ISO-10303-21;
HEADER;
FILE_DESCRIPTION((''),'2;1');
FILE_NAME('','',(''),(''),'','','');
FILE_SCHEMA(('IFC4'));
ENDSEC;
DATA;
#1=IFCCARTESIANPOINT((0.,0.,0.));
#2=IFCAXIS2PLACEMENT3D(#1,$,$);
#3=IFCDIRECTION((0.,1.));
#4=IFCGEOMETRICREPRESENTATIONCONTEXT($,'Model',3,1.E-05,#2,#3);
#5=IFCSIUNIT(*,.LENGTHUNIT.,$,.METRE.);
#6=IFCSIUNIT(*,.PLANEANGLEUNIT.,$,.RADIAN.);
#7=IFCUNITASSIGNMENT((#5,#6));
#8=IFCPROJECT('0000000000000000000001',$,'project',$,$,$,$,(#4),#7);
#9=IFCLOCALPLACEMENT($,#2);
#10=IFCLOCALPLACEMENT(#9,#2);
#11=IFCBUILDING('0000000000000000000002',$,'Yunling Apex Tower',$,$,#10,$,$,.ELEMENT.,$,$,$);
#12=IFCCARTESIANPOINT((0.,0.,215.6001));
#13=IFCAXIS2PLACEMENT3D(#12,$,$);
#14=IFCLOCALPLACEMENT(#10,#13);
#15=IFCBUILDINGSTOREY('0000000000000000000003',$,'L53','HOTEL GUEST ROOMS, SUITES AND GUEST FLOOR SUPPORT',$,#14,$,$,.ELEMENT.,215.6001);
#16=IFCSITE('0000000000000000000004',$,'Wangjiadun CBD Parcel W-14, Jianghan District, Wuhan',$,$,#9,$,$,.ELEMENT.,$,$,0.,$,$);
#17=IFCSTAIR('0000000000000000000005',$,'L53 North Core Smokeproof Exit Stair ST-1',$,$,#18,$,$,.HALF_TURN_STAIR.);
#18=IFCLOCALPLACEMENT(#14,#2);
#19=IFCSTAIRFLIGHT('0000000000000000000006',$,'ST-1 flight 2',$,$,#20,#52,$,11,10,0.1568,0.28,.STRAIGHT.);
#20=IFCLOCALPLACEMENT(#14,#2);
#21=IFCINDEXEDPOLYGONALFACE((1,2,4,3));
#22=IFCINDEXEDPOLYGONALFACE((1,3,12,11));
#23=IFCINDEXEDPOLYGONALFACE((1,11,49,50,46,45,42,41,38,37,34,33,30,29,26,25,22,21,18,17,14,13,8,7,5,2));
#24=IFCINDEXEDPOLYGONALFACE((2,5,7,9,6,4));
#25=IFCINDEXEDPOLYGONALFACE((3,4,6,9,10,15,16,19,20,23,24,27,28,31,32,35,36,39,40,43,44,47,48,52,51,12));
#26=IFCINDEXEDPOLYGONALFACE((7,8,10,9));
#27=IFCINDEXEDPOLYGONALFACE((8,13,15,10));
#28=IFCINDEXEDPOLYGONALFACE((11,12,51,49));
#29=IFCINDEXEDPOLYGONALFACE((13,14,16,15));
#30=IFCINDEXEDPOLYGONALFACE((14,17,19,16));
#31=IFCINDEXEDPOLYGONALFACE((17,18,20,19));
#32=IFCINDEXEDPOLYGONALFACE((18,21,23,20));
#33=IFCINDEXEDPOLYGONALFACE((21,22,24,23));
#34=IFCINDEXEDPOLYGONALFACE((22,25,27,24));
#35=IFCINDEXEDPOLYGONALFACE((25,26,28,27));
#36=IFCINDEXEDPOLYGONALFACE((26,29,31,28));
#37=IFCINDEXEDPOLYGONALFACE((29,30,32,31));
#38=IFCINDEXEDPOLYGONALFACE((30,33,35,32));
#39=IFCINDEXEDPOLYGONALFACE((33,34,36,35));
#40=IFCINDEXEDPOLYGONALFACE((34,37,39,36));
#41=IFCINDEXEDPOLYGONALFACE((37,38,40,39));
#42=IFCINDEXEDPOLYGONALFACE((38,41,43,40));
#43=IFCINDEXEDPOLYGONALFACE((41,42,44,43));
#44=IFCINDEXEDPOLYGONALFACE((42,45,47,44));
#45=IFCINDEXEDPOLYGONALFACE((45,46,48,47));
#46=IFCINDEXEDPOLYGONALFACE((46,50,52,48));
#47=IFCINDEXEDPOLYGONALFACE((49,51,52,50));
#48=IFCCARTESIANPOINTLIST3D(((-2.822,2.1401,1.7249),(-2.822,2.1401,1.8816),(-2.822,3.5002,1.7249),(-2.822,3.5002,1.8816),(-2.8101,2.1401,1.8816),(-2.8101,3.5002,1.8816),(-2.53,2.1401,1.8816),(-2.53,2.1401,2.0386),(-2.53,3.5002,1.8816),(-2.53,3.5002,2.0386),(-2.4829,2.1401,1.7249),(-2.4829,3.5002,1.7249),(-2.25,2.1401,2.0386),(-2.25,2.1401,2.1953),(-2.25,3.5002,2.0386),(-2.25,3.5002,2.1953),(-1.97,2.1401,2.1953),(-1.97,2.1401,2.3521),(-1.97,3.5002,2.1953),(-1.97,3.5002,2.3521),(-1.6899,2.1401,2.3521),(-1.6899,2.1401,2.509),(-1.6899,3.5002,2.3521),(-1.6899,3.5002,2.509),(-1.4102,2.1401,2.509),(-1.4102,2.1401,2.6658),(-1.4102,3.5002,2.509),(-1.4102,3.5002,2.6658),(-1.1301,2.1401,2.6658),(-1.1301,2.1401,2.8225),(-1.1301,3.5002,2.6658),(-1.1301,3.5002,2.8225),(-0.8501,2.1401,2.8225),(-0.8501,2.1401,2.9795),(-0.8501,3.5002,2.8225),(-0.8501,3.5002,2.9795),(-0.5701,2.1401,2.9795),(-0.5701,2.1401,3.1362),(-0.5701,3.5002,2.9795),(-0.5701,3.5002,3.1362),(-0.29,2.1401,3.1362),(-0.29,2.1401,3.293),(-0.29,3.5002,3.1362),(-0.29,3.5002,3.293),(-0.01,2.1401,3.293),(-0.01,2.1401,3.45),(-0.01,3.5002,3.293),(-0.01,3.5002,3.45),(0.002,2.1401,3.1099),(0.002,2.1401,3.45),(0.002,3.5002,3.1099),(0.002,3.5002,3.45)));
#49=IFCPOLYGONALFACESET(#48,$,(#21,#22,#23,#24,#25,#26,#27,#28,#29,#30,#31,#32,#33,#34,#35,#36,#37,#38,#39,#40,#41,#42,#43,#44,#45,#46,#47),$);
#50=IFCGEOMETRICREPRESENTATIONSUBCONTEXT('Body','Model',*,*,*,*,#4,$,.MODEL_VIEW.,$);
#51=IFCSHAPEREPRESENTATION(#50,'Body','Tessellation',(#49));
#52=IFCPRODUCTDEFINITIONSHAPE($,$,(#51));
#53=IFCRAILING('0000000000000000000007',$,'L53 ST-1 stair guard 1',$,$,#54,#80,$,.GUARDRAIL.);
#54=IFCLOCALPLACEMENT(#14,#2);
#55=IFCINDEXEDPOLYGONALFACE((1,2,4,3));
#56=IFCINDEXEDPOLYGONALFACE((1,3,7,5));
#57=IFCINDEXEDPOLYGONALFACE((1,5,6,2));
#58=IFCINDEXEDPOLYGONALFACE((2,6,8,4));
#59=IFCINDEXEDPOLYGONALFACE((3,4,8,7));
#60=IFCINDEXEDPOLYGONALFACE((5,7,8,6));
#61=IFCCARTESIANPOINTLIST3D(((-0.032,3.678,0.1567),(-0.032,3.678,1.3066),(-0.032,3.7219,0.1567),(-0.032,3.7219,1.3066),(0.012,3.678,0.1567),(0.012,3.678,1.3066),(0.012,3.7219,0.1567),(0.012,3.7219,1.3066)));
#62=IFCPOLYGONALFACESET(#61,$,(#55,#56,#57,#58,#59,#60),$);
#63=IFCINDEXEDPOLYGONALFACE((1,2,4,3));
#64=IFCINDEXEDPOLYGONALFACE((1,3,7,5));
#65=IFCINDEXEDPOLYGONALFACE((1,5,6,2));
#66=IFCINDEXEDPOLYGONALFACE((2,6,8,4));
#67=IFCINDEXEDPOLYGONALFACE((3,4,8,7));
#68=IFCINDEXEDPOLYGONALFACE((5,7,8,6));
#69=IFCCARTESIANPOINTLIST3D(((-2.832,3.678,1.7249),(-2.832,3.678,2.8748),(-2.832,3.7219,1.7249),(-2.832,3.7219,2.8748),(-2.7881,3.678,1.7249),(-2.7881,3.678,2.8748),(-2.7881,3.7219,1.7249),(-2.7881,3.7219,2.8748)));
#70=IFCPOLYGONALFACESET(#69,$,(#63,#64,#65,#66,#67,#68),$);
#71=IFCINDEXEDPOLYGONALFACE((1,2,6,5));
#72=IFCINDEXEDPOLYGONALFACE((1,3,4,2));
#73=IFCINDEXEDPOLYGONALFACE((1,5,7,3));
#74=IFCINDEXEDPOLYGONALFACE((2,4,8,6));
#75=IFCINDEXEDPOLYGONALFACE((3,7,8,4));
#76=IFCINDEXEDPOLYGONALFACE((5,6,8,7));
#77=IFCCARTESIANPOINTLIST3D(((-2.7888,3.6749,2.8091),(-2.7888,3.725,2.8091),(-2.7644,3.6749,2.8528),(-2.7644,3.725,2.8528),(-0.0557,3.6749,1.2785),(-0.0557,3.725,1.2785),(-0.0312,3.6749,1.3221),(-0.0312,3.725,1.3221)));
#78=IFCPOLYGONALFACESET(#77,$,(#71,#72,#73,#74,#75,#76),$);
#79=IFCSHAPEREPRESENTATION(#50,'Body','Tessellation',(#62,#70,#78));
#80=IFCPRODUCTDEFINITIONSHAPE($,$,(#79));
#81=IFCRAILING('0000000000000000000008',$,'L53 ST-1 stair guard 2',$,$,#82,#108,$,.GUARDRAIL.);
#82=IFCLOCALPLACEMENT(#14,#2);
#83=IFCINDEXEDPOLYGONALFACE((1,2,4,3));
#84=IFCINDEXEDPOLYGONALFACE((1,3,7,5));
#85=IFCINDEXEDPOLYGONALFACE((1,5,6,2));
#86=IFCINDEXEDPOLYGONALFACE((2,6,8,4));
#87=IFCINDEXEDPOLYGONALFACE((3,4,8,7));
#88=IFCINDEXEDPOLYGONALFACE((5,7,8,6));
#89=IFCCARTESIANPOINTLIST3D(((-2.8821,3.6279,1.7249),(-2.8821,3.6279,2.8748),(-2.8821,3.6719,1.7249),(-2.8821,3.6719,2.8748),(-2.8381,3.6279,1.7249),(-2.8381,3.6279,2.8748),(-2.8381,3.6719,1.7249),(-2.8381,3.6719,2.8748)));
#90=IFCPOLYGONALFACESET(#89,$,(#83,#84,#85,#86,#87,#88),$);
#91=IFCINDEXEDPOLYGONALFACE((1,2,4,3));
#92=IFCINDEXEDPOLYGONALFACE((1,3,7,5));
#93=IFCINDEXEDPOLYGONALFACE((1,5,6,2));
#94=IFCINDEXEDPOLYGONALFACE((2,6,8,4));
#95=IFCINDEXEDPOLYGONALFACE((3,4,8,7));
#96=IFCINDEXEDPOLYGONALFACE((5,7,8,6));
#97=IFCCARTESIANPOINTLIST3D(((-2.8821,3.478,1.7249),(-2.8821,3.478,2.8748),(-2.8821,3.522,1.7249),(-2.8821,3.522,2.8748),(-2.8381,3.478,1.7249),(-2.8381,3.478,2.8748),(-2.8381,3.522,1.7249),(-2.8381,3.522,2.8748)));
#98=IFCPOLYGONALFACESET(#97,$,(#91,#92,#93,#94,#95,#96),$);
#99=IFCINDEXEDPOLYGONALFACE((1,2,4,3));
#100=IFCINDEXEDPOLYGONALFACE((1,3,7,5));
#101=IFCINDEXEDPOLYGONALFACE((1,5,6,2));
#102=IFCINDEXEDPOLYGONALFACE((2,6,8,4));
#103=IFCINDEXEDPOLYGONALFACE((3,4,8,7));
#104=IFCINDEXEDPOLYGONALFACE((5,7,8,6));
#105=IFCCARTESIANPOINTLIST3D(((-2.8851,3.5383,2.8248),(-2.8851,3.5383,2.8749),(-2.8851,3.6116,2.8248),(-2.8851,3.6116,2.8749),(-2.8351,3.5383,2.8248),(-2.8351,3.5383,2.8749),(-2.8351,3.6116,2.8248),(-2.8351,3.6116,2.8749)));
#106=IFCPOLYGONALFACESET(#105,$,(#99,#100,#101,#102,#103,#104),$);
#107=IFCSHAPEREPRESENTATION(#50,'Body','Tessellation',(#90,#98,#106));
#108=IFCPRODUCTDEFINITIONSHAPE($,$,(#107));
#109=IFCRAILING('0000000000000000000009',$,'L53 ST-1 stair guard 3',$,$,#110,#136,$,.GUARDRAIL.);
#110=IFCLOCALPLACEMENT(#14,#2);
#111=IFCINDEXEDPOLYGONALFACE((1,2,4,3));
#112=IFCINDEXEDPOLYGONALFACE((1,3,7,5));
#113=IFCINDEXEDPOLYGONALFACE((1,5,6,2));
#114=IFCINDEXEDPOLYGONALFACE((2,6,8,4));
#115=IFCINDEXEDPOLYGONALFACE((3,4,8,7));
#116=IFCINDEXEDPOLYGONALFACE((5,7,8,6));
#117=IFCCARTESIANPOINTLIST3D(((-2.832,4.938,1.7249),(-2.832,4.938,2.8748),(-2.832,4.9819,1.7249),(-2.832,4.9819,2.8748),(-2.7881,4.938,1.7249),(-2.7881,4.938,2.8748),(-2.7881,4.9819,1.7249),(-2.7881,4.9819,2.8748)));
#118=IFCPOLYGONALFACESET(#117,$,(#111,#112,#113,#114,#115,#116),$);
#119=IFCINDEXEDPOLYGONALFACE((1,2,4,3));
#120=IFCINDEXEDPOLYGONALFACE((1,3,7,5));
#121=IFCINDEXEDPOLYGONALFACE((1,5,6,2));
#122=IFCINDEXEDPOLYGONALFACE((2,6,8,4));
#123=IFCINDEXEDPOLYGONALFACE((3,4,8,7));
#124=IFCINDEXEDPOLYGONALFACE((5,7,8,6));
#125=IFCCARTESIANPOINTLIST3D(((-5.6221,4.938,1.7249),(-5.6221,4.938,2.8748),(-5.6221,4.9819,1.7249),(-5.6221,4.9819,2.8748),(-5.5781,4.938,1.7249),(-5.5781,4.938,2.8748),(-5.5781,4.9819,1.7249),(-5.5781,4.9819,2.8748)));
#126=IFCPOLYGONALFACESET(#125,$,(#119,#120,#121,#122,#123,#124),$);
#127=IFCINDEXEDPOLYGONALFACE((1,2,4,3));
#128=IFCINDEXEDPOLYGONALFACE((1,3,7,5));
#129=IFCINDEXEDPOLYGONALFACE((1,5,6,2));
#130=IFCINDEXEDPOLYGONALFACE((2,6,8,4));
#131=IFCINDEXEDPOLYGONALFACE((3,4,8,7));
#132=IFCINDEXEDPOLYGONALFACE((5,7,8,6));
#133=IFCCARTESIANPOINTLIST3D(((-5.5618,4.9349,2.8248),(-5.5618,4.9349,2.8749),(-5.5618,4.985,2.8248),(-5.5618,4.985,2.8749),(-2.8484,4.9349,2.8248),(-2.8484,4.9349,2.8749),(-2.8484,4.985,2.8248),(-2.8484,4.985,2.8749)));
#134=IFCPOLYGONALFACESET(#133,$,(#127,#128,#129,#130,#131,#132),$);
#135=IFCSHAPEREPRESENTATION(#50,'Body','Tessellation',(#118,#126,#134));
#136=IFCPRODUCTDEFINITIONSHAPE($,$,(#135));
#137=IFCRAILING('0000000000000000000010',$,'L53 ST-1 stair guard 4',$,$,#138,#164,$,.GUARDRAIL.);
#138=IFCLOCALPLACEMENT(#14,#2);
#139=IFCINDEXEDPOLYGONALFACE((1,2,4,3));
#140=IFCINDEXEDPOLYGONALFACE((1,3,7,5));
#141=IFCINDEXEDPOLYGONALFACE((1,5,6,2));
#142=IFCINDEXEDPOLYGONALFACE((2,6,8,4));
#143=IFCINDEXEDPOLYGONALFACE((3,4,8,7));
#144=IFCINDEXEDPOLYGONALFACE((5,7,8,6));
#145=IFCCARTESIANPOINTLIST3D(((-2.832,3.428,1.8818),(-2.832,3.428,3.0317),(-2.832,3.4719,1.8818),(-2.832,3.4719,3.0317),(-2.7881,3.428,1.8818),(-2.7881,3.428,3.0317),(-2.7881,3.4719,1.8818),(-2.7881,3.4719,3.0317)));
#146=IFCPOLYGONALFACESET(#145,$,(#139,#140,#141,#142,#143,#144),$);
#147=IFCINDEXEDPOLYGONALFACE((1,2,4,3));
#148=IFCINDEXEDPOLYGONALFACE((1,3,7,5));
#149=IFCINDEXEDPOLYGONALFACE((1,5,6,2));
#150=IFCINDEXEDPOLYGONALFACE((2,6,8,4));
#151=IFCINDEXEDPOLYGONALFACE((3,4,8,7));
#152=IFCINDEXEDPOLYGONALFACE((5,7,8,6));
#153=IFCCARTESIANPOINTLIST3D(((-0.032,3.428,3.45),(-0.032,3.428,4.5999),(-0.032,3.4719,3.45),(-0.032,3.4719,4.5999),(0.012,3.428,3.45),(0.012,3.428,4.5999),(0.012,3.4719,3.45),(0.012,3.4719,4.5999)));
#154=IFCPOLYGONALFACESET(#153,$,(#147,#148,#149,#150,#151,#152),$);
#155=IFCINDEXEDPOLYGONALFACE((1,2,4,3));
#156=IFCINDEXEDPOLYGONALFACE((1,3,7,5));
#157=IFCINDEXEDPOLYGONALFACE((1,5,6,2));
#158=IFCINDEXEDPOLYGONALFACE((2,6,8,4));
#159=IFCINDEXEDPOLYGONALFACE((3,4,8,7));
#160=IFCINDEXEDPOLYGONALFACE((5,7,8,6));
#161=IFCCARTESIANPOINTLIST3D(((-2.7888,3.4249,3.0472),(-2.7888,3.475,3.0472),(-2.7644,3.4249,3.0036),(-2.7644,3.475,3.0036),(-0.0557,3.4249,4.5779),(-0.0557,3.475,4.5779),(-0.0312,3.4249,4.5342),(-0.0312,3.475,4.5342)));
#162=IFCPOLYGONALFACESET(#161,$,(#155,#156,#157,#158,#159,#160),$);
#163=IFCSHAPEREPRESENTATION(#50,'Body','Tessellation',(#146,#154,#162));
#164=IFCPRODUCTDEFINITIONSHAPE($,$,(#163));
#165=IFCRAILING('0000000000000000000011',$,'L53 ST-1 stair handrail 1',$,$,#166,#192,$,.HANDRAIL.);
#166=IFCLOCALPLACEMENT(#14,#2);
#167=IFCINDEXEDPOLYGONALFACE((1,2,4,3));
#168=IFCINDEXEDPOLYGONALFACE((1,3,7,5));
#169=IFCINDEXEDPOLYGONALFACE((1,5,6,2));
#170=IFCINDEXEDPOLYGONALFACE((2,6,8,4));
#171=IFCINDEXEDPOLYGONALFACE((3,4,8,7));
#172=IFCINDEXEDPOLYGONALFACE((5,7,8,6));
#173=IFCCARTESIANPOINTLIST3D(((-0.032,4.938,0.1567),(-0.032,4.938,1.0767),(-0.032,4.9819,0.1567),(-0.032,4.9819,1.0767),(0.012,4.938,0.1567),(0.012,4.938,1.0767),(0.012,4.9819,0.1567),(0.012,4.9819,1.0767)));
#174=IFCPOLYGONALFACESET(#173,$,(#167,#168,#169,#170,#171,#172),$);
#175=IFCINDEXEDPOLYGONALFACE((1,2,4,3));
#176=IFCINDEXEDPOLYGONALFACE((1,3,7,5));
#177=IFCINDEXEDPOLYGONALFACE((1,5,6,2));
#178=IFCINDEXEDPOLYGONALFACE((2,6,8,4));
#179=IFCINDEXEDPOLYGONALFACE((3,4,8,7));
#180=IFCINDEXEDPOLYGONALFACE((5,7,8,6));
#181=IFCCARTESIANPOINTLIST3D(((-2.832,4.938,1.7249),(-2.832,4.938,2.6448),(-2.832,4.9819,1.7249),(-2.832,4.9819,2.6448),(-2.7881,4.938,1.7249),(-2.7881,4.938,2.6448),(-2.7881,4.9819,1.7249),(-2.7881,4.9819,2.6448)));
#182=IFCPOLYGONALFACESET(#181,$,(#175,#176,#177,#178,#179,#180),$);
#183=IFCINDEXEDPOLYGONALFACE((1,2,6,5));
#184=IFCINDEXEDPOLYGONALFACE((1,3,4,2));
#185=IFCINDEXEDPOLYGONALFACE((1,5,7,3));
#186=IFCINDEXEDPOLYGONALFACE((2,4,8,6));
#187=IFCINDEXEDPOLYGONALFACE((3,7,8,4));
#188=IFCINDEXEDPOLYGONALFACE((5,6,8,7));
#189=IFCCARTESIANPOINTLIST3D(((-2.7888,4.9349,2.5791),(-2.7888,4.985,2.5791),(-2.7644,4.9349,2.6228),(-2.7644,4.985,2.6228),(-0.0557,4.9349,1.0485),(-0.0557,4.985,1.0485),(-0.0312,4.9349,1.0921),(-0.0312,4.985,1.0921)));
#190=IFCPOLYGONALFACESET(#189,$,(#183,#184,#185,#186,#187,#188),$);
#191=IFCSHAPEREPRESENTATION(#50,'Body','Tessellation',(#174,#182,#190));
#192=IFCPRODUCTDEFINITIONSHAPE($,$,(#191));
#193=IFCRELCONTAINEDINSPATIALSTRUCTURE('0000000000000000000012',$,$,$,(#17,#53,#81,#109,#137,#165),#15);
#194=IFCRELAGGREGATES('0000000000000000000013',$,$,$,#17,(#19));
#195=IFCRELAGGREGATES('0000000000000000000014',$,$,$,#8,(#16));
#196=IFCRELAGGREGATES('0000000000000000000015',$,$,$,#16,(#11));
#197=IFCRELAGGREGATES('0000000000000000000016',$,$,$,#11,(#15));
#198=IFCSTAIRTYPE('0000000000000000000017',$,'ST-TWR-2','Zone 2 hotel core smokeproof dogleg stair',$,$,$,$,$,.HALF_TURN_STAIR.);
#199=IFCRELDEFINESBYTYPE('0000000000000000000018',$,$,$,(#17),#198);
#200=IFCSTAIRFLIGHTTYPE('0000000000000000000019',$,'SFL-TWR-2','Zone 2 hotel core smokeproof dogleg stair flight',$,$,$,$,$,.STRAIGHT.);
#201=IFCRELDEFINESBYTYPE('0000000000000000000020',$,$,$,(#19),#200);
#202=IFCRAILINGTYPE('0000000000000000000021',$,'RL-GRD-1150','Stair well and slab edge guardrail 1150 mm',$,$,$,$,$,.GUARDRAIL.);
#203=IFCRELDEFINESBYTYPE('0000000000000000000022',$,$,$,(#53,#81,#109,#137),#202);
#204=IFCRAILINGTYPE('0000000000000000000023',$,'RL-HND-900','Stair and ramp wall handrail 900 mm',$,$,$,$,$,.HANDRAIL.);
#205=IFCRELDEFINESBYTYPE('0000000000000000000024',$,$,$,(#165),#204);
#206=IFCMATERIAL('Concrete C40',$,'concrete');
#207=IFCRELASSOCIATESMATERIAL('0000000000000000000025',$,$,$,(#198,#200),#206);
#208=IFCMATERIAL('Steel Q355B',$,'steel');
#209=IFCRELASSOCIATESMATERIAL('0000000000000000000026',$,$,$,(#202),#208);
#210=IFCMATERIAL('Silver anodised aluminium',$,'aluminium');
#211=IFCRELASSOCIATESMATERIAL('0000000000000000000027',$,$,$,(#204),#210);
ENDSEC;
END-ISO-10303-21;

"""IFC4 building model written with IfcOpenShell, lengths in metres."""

from ifc_helpers import new_model, si_unit, direction, frame, origin, origin_2d, place, context, subcontext, project, spatial, polyline, rectangle, outline, extrude, material, type_object, element, aggregate, save


model = new_model("IFC4")

# Units and contexts
model_context = context("Model", 3, precision=1e-05, world=origin(), true_north=direction((0.0, 1.0)))
body_context = subcontext(model_context, "Body", "Model", "MODEL_VIEW")
ifc_project = project(units=[si_unit("LENGTHUNIT", "METRE"), si_unit("PLANEANGLEUNIT", "RADIAN")], contexts=[model_context])

# Site, building, storey
site_placement = place(None, origin())
site = spatial("IfcSite", under=ifc_project, at=site_placement, Name="Wangjiadun CBD Parcel W-14, Jianghan District, Wuhan", CompositionType="ELEMENT", RefElevation=0.0)
building_placement = place(site_placement, origin())
building = spatial("IfcBuilding", under=site, at=building_placement, Name="Yunling Apex Tower", CompositionType="ELEMENT")
storey_placement = place(building_placement, frame((0.0, 0.0, 215.6001)))
storey = spatial("IfcBuildingStorey", under=building, at=storey_placement, Name="L53", Description="HOTEL GUEST ROOMS, SUITES AND GUEST FLOOR SUPPORT", CompositionType="ELEMENT", Elevation=215.6001)

# Shared definitions
ifc_material_1 = material(Name="Steel Q355B", Category="steel")

# Shared definitions
ifc_material_2 = material(Name="Concrete C40", Category="concrete")

# Shared definitions
ifc_material_3 = material(Name="Silver anodised aluminium", Category="aluminium")

# Stair, stair flight
stair_type = type_object("IfcStairType", Name="ST-TWR-2", Description="Zone 2 hotel core smokeproof dogleg stair", PredefinedType="HALF_TURN_STAIR", material=ifc_material_2)
stair_placement = place(storey_placement, origin())
stair = element("IfcStair", 1, at=stair_placement, inside=storey, type_object=stair_type, Name="L53 North Core Smokeproof Exit Stair ST-1", PredefinedType="HALF_TURN_STAIR")
stair_flight_type = type_object("IfcStairFlightType", Name="SFL-TWR-2", Description="Zone 2 hotel core smokeproof dogleg stair flight", PredefinedType="STRAIGHT", material=ifc_material_2)
stair_flight_1_placement = place(storey_placement, frame((-2.8101, 2.8201, 1.7249), z_axis=(0.0, 0.0, 1.0), x_axis=(1.0, 0.0, 0.0)))
stair_flight_1 = element("IfcStairFlight", 2, at=stair_flight_1_placement, type_object=stair_flight_type, Name="ST-1 flight 2", NumberOfRisers=11, NumberOfTreads=10, PredefinedType="STRAIGHT", RiserHeight=0.1568, TreadLength=0.28, context=body_context, shape_type="SweptSolid", body=[
    extrude(outline(polyline([(-0.012, 0.0), (-0.012, 0.1567), (0.0, 0.1567), (0.28, 0.1567), (0.28, 0.3137), (0.5601, 0.3137), (0.5601, 0.4705), (0.8401, 0.4705), (0.8401, 0.6272), (1.1201, 0.6272), (1.1201, 0.7842), (1.3999, 0.7842), (1.3999, 0.9409), (1.6799, 0.9409), (1.6799, 1.0977), (1.96, 1.0977), (1.96, 1.2546), (2.24, 1.2546), (2.24, 1.4114), (2.52, 1.4114), (2.52, 1.5681), (2.8, 1.5681), (2.8, 1.7251), (2.812, 1.7251), (2.812, 1.385), (0.3271, 0.0), (-0.012, 0.0)])), frame((0.0, 0.6802, 0.0), z_axis=(0.0, -1.0, 0.0), x_axis=(1.0, 0.0, 0.0)), (0.0, 0.0, 1.0), 1.3601),
])
aggregate(stair, [stair_flight_1])

# Railings
railing_type_1 = type_object("IfcRailingType", Name="RL-GRD-1150", Description="Stair well and slab edge guardrail 1150 mm", PredefinedType="GUARDRAIL", material=ifc_material_1)
railing_1_placement = place(storey_placement, frame((-0.01, 3.7, 0.1567)))
element("IfcRailing", 3, at=railing_1_placement, inside=storey, type_object=railing_type_1, Name="L53 ST-1 stair guard 1", PredefinedType="GUARDRAIL", context=body_context, shape_type="SweptSolid", body=[
    extrude(rectangle(XDim=0.0439, YDim=0.0439, at=origin_2d()), origin(), (0.0, 0.0, 1.0), 1.1499),
    extrude(rectangle(XDim=0.0439, YDim=0.0439, at=origin_2d()), frame((-2.8, 0.0, 1.5681)), (0.0, 0.0, 1.0), 1.1499),
    extrude(rectangle(XDim=0.05, YDim=0.05, at=origin_2d()), frame((-0.0334, 0.0, 1.1436), z_axis=(-0.872494, 0.0, 0.488624), x_axis=(0.0, -1.0, 0.0)), (0.0, 0.0, 1.0), 3.1326),
])
railing_2_placement = place(storey_placement, frame((-2.8601, 3.6499, 1.7249)))
element("IfcRailing", 4, at=railing_2_placement, inside=storey, type_object=railing_type_1, Name="L53 ST-1 stair guard 2", PredefinedType="GUARDRAIL", context=body_context, shape_type="SweptSolid", body=[
    extrude(rectangle(XDim=0.0439, YDim=0.0439, at=origin_2d()), origin(), (0.0, 0.0, 1.0), 1.1499),
    extrude(rectangle(XDim=0.0439, YDim=0.0439, at=origin_2d()), frame((0.0, -0.1499, 0.0)), (0.0, 0.0, 1.0), 1.1499),
    extrude(rectangle(XDim=0.05, YDim=0.05, at=origin_2d()), frame((0.0, -0.0383, 1.125), z_axis=(0.0, -1.0, 0.0), x_axis=(1.0, 0.0, 0.0)), (0.0, 0.0, 1.0), 0.0732),
])
railing_3_placement = place(storey_placement, frame((-2.8101, 4.96, 1.7249)))
element("IfcRailing", 5, at=railing_3_placement, inside=storey, type_object=railing_type_1, Name="L53 ST-1 stair guard 3", PredefinedType="GUARDRAIL", context=body_context, shape_type="SweptSolid", body=[
    extrude(rectangle(XDim=0.0439, YDim=0.0439, at=origin_2d()), origin(), (0.0, 0.0, 1.0), 1.1499),
    extrude(rectangle(XDim=0.0439, YDim=0.0439, at=origin_2d()), frame((-2.79, 0.0, 0.0)), (0.0, 0.0, 1.0), 1.1499),
    extrude(rectangle(XDim=0.05, YDim=0.05, at=origin_2d()), frame((-0.0383, 0.0, 1.125), z_axis=(-1.0, 0.0, 0.0), x_axis=(0.0, -1.0, 0.0)), (0.0, 0.0, 1.0), 2.7134),
])
railing_4_placement = place(storey_placement, frame((-2.8101, 3.45, 1.8818)))
element("IfcRailing", 6, at=railing_4_placement, inside=storey, type_object=railing_type_1, Name="L53 ST-1 stair guard 4", PredefinedType="GUARDRAIL", context=body_context, shape_type="SweptSolid", body=[
    extrude(rectangle(XDim=0.0439, YDim=0.0439, at=origin_2d()), origin(), (0.0, 0.0, 1.0), 1.1499),
    extrude(rectangle(XDim=0.0439, YDim=0.0439, at=origin_2d()), frame((2.8, 0.0, 1.5681)), (0.0, 0.0, 1.0), 1.1499),
    extrude(rectangle(XDim=0.05, YDim=0.05, at=origin_2d()), frame((0.0334, 0.0, 1.1436), z_axis=(0.872494, 0.0, 0.488624), x_axis=(0.0, 1.0, 0.0)), (0.0, 0.0, 1.0), 3.1326),
])
railing_type_2 = type_object("IfcRailingType", Name="RL-HND-900", Description="Stair and ramp wall handrail 900 mm", PredefinedType="HANDRAIL", material=ifc_material_3)
railing_5_placement = place(storey_placement, frame((-0.01, 4.96, 0.1567)))
element("IfcRailing", 7, at=railing_5_placement, inside=storey, type_object=railing_type_2, Name="L53 ST-1 stair handrail 1", PredefinedType="HANDRAIL", context=body_context, shape_type="SweptSolid", body=[
    extrude(rectangle(XDim=0.0439, YDim=0.0439, at=origin_2d()), origin(), (0.0, 0.0, 1.0), 0.9199),
    extrude(rectangle(XDim=0.0439, YDim=0.0439, at=origin_2d()), frame((-2.8, 0.0, 1.5681)), (0.0, 0.0, 1.0), 0.9199),
    extrude(rectangle(XDim=0.05, YDim=0.05, at=origin_2d()), frame((-0.0334, 0.0, 0.9136), z_axis=(-0.872494, 0.0, 0.488624), x_axis=(0.0, -1.0, 0.0)), (0.0, 0.0, 1.0), 3.1326),
])

save(model, "model.ifc")
